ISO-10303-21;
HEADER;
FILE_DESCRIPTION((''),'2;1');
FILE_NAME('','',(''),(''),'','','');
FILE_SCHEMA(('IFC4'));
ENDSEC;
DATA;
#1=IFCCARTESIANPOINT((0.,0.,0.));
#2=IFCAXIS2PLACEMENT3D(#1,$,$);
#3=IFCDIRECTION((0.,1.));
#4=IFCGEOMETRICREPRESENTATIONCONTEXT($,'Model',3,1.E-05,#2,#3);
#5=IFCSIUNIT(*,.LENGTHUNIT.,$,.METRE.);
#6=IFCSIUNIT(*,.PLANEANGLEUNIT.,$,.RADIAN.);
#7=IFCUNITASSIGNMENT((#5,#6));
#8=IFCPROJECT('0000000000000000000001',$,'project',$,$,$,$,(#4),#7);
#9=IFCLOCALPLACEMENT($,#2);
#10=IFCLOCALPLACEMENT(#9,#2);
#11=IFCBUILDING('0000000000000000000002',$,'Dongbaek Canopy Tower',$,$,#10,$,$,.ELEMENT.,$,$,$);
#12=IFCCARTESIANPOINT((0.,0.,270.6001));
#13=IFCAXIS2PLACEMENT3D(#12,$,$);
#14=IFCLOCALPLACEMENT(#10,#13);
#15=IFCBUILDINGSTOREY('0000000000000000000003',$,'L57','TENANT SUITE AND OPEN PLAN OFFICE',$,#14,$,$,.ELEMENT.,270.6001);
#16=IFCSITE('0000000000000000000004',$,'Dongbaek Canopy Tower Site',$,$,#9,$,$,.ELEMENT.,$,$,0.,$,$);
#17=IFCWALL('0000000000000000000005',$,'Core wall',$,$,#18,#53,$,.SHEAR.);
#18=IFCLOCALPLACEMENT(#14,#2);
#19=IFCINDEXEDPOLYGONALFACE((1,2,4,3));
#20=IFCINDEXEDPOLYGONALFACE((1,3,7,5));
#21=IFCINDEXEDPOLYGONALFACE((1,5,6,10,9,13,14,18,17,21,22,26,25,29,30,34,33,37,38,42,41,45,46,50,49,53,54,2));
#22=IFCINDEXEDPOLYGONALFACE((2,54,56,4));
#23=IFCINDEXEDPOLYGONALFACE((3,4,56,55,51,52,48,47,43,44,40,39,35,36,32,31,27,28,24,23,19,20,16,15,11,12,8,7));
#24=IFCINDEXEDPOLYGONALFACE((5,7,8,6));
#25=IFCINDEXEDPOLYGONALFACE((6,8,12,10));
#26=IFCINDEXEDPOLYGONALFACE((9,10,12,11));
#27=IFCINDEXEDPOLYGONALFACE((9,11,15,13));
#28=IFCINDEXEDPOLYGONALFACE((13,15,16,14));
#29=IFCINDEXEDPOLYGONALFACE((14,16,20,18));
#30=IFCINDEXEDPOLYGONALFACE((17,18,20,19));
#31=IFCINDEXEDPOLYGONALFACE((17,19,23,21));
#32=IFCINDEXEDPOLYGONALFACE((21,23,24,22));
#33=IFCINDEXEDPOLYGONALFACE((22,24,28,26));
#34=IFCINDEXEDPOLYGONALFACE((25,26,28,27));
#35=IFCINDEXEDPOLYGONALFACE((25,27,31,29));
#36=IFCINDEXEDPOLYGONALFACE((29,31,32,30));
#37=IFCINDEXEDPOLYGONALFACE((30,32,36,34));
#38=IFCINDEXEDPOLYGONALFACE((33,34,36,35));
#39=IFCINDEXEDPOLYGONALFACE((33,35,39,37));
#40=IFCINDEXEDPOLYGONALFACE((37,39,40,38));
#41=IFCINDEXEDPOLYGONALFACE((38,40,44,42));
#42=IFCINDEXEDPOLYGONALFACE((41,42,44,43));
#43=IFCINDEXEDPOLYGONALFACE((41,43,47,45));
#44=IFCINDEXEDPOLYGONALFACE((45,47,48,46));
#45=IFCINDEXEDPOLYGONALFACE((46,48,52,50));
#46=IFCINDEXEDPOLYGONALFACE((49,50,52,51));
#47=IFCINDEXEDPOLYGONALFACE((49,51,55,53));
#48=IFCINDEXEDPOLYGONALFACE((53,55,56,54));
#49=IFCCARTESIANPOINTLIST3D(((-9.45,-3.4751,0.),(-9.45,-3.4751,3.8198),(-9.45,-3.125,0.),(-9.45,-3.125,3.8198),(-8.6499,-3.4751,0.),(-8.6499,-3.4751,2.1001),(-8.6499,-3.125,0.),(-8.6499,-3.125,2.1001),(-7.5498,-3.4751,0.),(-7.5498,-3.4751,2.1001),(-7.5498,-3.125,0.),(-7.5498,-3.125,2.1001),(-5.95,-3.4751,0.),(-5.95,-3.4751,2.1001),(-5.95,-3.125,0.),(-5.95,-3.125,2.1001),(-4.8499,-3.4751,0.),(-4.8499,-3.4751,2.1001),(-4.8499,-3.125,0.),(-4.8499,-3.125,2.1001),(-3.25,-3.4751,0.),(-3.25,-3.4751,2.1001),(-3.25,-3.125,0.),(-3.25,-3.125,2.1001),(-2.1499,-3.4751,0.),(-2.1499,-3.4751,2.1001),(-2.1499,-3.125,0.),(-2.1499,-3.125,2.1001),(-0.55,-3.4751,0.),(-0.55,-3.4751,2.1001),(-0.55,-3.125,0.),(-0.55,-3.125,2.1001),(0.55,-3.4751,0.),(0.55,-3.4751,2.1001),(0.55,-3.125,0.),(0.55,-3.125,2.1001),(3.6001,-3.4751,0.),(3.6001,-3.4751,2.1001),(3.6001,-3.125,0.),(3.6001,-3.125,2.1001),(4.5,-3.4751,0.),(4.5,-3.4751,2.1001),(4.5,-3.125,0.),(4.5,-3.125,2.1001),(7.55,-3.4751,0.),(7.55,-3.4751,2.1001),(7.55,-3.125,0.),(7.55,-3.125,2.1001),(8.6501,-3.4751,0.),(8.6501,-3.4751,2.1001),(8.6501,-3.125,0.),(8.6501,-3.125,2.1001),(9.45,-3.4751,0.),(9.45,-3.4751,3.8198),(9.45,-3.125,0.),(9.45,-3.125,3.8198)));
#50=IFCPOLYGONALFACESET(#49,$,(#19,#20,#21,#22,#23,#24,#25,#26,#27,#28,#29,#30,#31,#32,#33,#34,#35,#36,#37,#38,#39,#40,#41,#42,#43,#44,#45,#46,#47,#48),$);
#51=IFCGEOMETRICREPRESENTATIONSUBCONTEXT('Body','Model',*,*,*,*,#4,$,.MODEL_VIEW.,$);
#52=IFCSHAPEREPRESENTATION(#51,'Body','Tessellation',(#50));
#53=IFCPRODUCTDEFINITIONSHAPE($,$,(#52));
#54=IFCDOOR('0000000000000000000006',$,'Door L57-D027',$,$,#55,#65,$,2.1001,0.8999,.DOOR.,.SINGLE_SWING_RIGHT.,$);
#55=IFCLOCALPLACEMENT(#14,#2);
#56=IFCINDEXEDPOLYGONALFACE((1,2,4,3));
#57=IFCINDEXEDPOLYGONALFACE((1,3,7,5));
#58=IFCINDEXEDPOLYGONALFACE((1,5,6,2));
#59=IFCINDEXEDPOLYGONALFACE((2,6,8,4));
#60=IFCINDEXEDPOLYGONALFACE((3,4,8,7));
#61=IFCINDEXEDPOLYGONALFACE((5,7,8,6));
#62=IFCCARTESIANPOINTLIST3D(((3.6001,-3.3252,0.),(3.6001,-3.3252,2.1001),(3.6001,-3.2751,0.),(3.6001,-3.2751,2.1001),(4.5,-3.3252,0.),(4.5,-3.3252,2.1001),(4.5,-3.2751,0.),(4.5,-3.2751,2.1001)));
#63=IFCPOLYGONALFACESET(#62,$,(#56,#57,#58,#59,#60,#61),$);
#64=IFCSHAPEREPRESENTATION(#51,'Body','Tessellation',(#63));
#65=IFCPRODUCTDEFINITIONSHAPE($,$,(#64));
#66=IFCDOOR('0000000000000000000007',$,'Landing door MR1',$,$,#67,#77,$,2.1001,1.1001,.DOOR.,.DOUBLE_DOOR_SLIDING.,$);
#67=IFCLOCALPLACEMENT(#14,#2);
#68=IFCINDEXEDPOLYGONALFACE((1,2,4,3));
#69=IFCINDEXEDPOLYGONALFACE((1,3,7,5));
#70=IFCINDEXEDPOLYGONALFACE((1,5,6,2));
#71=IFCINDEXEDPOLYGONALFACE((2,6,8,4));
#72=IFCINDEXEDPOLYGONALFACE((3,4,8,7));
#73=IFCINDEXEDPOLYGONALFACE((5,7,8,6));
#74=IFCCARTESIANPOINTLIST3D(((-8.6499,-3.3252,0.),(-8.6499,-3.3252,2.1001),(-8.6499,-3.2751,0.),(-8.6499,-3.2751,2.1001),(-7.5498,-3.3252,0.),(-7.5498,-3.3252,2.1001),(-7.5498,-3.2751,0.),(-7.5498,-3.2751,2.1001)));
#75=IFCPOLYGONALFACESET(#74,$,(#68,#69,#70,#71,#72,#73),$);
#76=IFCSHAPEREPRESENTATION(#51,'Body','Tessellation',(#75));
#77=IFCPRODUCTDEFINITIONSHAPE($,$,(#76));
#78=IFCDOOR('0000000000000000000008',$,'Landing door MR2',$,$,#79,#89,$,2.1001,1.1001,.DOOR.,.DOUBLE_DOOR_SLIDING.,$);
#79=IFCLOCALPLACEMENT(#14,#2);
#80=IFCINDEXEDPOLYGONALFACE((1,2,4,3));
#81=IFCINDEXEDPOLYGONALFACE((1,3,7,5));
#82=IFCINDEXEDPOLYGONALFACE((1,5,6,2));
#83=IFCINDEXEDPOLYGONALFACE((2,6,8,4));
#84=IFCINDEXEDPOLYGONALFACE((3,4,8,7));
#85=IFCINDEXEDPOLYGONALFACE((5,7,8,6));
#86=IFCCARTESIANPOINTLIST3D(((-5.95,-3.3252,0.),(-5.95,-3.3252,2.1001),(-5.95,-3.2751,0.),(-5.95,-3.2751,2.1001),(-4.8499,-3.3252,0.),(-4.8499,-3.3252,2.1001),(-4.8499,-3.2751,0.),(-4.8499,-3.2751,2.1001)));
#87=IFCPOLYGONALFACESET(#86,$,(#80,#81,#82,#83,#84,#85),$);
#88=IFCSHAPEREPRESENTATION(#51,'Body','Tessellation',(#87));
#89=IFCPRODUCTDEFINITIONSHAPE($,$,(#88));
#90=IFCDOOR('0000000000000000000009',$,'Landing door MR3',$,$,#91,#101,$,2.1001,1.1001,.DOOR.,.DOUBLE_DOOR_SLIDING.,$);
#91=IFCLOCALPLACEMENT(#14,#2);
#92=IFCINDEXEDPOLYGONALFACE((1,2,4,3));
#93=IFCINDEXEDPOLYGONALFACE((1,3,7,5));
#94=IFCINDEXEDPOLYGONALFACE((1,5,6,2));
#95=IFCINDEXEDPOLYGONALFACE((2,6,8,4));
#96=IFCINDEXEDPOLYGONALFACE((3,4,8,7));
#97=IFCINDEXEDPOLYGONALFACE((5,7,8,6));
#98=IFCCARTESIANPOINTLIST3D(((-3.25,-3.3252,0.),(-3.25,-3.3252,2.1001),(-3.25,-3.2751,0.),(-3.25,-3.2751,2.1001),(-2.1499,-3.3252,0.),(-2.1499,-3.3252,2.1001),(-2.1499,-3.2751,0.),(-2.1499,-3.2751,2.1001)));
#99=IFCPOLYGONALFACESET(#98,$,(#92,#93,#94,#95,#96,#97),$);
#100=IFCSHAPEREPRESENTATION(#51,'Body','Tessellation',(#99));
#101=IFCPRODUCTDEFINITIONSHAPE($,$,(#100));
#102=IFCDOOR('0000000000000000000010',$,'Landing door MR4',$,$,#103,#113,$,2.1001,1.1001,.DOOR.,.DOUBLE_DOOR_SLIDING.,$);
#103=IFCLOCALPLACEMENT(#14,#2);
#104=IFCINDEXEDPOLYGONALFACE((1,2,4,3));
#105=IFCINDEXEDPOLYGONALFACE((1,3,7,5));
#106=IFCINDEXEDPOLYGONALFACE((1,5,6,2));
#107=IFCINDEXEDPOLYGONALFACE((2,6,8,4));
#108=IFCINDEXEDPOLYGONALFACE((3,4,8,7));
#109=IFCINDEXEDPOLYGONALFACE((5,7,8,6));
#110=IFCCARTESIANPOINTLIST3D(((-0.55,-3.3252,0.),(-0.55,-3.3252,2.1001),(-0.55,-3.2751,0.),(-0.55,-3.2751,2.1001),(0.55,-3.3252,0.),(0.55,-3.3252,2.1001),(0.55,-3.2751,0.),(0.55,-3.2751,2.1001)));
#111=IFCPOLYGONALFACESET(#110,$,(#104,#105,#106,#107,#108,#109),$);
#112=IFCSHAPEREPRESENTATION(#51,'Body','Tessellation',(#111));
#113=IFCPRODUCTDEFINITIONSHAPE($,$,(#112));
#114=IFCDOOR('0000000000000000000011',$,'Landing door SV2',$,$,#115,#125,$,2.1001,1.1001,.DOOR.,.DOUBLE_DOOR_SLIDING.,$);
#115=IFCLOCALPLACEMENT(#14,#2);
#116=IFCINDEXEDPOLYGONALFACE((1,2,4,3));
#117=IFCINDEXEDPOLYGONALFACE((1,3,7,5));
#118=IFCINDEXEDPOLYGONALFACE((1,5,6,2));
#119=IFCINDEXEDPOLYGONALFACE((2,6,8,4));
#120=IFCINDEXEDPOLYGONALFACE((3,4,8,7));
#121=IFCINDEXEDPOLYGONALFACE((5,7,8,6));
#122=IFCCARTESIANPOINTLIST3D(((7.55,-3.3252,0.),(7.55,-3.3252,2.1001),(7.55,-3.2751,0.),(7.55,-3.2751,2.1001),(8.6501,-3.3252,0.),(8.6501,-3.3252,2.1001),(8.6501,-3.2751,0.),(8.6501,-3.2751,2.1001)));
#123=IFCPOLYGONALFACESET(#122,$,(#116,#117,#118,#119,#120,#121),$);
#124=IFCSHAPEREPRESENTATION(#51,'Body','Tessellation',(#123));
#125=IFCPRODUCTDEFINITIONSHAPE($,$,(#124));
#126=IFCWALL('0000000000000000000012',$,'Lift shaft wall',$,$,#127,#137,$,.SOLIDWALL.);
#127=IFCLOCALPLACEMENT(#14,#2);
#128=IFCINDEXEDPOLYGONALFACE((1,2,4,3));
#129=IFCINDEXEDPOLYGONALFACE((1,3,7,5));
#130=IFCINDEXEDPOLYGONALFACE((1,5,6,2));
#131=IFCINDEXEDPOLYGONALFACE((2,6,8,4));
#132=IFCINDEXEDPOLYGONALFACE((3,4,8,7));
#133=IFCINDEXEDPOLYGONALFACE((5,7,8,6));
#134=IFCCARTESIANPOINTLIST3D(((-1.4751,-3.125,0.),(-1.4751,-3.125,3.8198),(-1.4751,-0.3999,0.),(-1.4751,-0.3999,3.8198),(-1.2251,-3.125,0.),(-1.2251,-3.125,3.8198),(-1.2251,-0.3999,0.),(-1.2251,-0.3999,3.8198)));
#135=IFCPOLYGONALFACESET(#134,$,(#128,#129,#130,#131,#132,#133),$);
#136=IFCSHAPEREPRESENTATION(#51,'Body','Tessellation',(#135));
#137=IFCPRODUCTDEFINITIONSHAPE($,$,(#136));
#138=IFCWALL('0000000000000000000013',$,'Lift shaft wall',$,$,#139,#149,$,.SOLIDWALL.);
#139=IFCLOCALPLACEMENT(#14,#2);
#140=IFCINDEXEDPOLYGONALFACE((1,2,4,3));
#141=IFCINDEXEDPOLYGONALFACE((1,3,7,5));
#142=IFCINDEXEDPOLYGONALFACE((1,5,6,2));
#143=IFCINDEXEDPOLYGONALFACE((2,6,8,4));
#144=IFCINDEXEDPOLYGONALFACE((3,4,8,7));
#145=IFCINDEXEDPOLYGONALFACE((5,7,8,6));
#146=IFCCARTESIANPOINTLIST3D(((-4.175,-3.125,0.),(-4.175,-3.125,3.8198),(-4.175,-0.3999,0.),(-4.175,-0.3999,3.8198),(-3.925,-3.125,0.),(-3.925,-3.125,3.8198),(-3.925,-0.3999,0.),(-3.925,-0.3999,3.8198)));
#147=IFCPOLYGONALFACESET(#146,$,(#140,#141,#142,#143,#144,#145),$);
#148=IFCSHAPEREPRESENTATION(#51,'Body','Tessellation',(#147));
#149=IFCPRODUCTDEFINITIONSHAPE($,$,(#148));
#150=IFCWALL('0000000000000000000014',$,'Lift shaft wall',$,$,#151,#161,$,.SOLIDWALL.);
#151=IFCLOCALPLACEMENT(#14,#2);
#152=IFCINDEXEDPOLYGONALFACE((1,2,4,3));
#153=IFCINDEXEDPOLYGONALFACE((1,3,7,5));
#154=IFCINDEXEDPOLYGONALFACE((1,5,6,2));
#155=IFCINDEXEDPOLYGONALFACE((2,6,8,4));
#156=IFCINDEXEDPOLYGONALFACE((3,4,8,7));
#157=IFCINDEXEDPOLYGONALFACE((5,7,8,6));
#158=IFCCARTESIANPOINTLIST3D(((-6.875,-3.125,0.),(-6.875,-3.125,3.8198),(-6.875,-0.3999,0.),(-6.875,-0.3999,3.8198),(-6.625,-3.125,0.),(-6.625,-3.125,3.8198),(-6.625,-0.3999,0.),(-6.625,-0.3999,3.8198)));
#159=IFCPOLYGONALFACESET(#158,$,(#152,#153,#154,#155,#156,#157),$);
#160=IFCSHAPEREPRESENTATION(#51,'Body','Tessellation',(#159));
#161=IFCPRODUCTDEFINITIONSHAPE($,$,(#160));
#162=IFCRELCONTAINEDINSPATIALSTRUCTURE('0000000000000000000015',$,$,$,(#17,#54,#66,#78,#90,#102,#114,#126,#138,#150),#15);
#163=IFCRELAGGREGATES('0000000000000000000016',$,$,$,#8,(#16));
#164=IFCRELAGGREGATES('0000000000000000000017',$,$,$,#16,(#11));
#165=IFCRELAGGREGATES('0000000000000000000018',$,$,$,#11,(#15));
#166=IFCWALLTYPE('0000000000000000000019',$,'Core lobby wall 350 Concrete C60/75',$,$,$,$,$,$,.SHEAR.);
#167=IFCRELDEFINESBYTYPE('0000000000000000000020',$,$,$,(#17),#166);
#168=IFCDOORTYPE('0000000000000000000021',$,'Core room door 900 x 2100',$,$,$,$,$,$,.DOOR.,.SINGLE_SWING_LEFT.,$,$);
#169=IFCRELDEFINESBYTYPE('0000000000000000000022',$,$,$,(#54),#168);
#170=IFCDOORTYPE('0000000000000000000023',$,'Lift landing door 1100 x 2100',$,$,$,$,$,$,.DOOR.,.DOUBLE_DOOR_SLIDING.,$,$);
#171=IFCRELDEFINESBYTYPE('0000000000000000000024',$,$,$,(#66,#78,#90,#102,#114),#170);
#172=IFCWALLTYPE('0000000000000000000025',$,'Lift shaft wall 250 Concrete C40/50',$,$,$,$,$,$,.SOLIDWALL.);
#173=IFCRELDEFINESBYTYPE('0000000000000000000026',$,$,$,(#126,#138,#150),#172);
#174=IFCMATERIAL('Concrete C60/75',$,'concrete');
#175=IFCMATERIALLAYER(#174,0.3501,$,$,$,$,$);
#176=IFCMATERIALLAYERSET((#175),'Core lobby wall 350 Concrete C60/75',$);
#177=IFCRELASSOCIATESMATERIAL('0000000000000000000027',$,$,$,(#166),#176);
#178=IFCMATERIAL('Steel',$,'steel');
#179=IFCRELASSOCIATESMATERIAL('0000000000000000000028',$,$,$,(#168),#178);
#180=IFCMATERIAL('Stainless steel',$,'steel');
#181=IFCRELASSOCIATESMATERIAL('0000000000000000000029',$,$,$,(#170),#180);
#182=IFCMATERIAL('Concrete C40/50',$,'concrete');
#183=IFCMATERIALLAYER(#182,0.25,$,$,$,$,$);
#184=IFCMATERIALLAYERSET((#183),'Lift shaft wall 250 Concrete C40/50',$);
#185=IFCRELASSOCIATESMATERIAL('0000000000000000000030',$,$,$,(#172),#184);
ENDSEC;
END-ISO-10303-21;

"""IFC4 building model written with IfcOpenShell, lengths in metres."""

from ifc_helpers import new_model, si_unit, direction, frame, frame_2d, origin, place, context, subcontext, project, spatial, rectangle, extrude, material, layer, layer_set, type_object, element, fill, save


model = new_model("IFC4")

# Units and contexts
model_context = context("Model", 3, precision=1e-05, world=origin(), true_north=direction((0.0, 1.0)))
body_context = subcontext(model_context, "Body", "Model", "MODEL_VIEW")
ifc_project = project(units=[si_unit("LENGTHUNIT", "METRE"), si_unit("PLANEANGLEUNIT", "RADIAN")], contexts=[model_context])

# Site, building, storey
site_placement = place(None, origin())
site = spatial("IfcSite", under=ifc_project, at=site_placement, Name="Dongbaek Canopy Tower Site", CompositionType="ELEMENT", RefElevation=0.0)
building_placement = place(site_placement, origin())
building = spatial("IfcBuilding", under=site, at=building_placement, Name="Dongbaek Canopy Tower", CompositionType="ELEMENT")
storey_placement = place(building_placement, frame((0.0, 0.0, 270.6001)))
storey = spatial("IfcBuildingStorey", under=building, at=storey_placement, Name="L57", Description="TENANT SUITE AND OPEN PLAN OFFICE", CompositionType="ELEMENT", Elevation=270.6001)

# Wall, openings, doors
ifc_material_1 = material(Name="Concrete C60/75", Category="concrete")
ifc_layer_1 = layer(ifc_material_1, 0.3501)
ifc_layer_set_1 = layer_set([ifc_layer_1], Name="Core lobby wall 350 Concrete C60/75")
wall_type_1 = type_object("IfcWallType", Name="Core lobby wall 350 Concrete C60/75", PredefinedType="SHEAR", material=ifc_layer_set_1)
wall_1_placement = place(storey_placement, frame((-9.45, -3.3, 0.0), z_axis=(0.0, 0.0, 1.0), x_axis=(1.0, 0.0, 0.0)))
wall_1 = element("IfcWall", 1, at=wall_1_placement, inside=storey, type_object=wall_type_1, Name="Core wall", PredefinedType="SHEAR", context=body_context, shape_type="SweptSolid", body=[
    extrude(rectangle(XDim=18.8999, YDim=0.3501, at=frame_2d((9.45, 0.0))), origin(), (0.0, 0.0, 1.0), 3.8198),
])
opening_1_placement = place(wall_1_placement, frame((0.8, 0.0, 0.0)))
opening_1 = element("IfcOpeningElement", 2, at=opening_1_placement, cuts=wall_1, PredefinedType="OPENING", context=body_context, shape_type="SweptSolid", body=[
    extrude(rectangle(XDim=1.1001, YDim=2.1001, at=frame_2d((0.55, 1.05))), frame((0.0, 0.1851, 0.0), z_axis=(0.0, -1.0, 0.0), x_axis=(1.0, 0.0, 0.0)), (0.0, 0.0, 1.0), 0.3701),
])
opening_2_placement = place(wall_1_placement, frame((3.5, 0.0, 0.0)))
opening_2 = element("IfcOpeningElement", 3, at=opening_2_placement, cuts=wall_1, PredefinedType="OPENING", context=body_context, shape_type="SweptSolid", body=[
    extrude(rectangle(XDim=1.1001, YDim=2.1001, at=frame_2d((0.55, 1.05))), frame((0.0, 0.1851, 0.0), z_axis=(0.0, -1.0, 0.0), x_axis=(1.0, 0.0, 0.0)), (0.0, 0.0, 1.0), 0.3701),
])
opening_3_placement = place(wall_1_placement, frame((6.2, 0.0, 0.0)))
opening_3 = element("IfcOpeningElement", 4, at=opening_3_placement, cuts=wall_1, PredefinedType="OPENING", context=body_context, shape_type="SweptSolid", body=[
    extrude(rectangle(XDim=1.1001, YDim=2.1001, at=frame_2d((0.55, 1.05))), frame((0.0, 0.1851, 0.0), z_axis=(0.0, -1.0, 0.0), x_axis=(1.0, 0.0, 0.0)), (0.0, 0.0, 1.0), 0.3701),
])
opening_4_placement = place(wall_1_placement, frame((8.8999, 0.0, 0.0)))
opening_4 = element("IfcOpeningElement", 5, at=opening_4_placement, cuts=wall_1, PredefinedType="OPENING", context=body_context, shape_type="SweptSolid", body=[
    extrude(rectangle(XDim=1.1001, YDim=2.1001, at=frame_2d((0.55, 1.05))), frame((0.0, 0.1851, 0.0), z_axis=(0.0, -1.0, 0.0), x_axis=(1.0, 0.0, 0.0)), (0.0, 0.0, 1.0), 0.3701),
])
opening_5_placement = place(wall_1_placement, frame((17.0, 0.0, 0.0)))
opening_5 = element("IfcOpeningElement", 6, at=opening_5_placement, cuts=wall_1, PredefinedType="OPENING", context=body_context, shape_type="SweptSolid", body=[
    extrude(rectangle(XDim=1.1001, YDim=2.1001, at=frame_2d((0.55, 1.05))), frame((0.0, 0.1851, 0.0), z_axis=(0.0, -1.0, 0.0), x_axis=(1.0, 0.0, 0.0)), (0.0, 0.0, 1.0), 0.3701),
])
opening_6_placement = place(wall_1_placement, frame((13.05, 0.0, 0.0)))
opening_6 = element("IfcOpeningElement", 7, at=opening_6_placement, cuts=wall_1, PredefinedType="OPENING", context=body_context, shape_type="SweptSolid", body=[
    extrude(rectangle(XDim=0.8999, YDim=2.1001, at=frame_2d((0.45, 1.05))), frame((0.0, 0.1851, 0.0), z_axis=(0.0, -1.0, 0.0), x_axis=(1.0, 0.0, 0.0)), (0.0, 0.0, 1.0), 0.3701),
])
ifc_material_2 = material(Name="Steel", Category="steel")
door_type_1 = type_object("IfcDoorType", Name="Core room door 900 x 2100", OperationType="SINGLE_SWING_LEFT", PredefinedType="DOOR", material=ifc_material_2)
door_1_placement = place(opening_6_placement, origin())
door_1 = element("IfcDoor", 8, at=door_1_placement, inside=storey, type_object=door_type_1, Name="Door L57-D027", OperationType="SINGLE_SWING_RIGHT", OverallHeight=2.1001, OverallWidth=0.8999, PredefinedType="DOOR", context=body_context, shape_type="SweptSolid", body=[
    extrude(rectangle(XDim=0.8999, YDim=2.1001, at=frame_2d((0.45, 1.05))), frame((0.0, 0.0249, 0.0), z_axis=(0.0, -1.0, 0.0), x_axis=(1.0, 0.0, 0.0)), (0.0, 0.0, 1.0), 0.05),
])
fill(opening_6, door_1)
ifc_material_3 = material(Name="Stainless steel", Category="steel")
door_type_2 = type_object("IfcDoorType", Name="Lift landing door 1100 x 2100", OperationType="DOUBLE_DOOR_SLIDING", PredefinedType="DOOR", material=ifc_material_3)
door_2_placement = place(opening_1_placement, origin())
door_2 = element("IfcDoor", 9, at=door_2_placement, inside=storey, type_object=door_type_2, Name="Landing door MR1", OperationType="DOUBLE_DOOR_SLIDING", OverallHeight=2.1001, OverallWidth=1.1001, PredefinedType="DOOR", context=body_context, shape_type="SweptSolid", body=[
    extrude(rectangle(XDim=1.1001, YDim=2.1001, at=frame_2d((0.55, 1.05))), frame((0.0, 0.0249, 0.0), z_axis=(0.0, -1.0, 0.0), x_axis=(1.0, 0.0, 0.0)), (0.0, 0.0, 1.0), 0.05),
])
fill(opening_1, door_2)
door_3_placement = place(opening_2_placement, origin())
door_3 = element("IfcDoor", 10, at=door_3_placement, inside=storey, type_object=door_type_2, Name="Landing door MR2", OperationType="DOUBLE_DOOR_SLIDING", OverallHeight=2.1001, OverallWidth=1.1001, PredefinedType="DOOR", context=body_context, shape_type="SweptSolid", body=[
    extrude(rectangle(XDim=1.1001, YDim=2.1001, at=frame_2d((0.55, 1.05))), frame((0.0, 0.0249, 0.0), z_axis=(0.0, -1.0, 0.0), x_axis=(1.0, 0.0, 0.0)), (0.0, 0.0, 1.0), 0.05),
])
fill(opening_2, door_3)
door_4_placement = place(opening_3_placement, origin())
door_4 = element("IfcDoor", 11, at=door_4_placement, inside=storey, type_object=door_type_2, Name="Landing door MR3", OperationType="DOUBLE_DOOR_SLIDING", OverallHeight=2.1001, OverallWidth=1.1001, PredefinedType="DOOR", context=body_context, shape_type="SweptSolid", body=[
    extrude(rectangle(XDim=1.1001, YDim=2.1001, at=frame_2d((0.55, 1.05))), frame((0.0, 0.0249, 0.0), z_axis=(0.0, -1.0, 0.0), x_axis=(1.0, 0.0, 0.0)), (0.0, 0.0, 1.0), 0.05),
])
fill(opening_3, door_4)
door_5_placement = place(opening_4_placement, origin())
door_5 = element("IfcDoor", 12, at=door_5_placement, inside=storey, type_object=door_type_2, Name="Landing door MR4", OperationType="DOUBLE_DOOR_SLIDING", OverallHeight=2.1001, OverallWidth=1.1001, PredefinedType="DOOR", context=body_context, shape_type="SweptSolid", body=[
    extrude(rectangle(XDim=1.1001, YDim=2.1001, at=frame_2d((0.55, 1.05))), frame((0.0, 0.0249, 0.0), z_axis=(0.0, -1.0, 0.0), x_axis=(1.0, 0.0, 0.0)), (0.0, 0.0, 1.0), 0.05),
])
fill(opening_4, door_5)
door_6_placement = place(opening_5_placement, origin())
door_6 = element("IfcDoor", 13, at=door_6_placement, inside=storey, type_object=door_type_2, Name="Landing door SV2", OperationType="DOUBLE_DOOR_SLIDING", OverallHeight=2.1001, OverallWidth=1.1001, PredefinedType="DOOR", context=body_context, shape_type="SweptSolid", body=[
    extrude(rectangle(XDim=1.1001, YDim=2.1001, at=frame_2d((0.55, 1.05))), frame((0.0, 0.0249, 0.0), z_axis=(0.0, -1.0, 0.0), x_axis=(1.0, 0.0, 0.0)), (0.0, 0.0, 1.0), 0.05),
])
fill(opening_5, door_6)

# Walls
ifc_material_4 = material(Name="Concrete C40/50", Category="concrete")
ifc_layer_2 = layer(ifc_material_4, 0.25)
ifc_layer_set_2 = layer_set([ifc_layer_2], Name="Lift shaft wall 250 Concrete C40/50")
wall_type_2 = type_object("IfcWallType", Name="Lift shaft wall 250 Concrete C40/50", PredefinedType="SOLIDWALL", material=ifc_layer_set_2)
for number, where, z_axis, x_axis, name in (
    (14, (-1.3501, -3.125, 0.0), (0.0, 0.0, 1.0), (0.0, 1.0, 0.0), "Lift shaft wall"),
    (15, (-4.05, -3.125, 0.0), (0.0, 0.0, 1.0), (0.0, 1.0, 0.0), "Lift shaft wall"),
    (16, (-6.75, -3.125, 0.0), (0.0, 0.0, 1.0), (0.0, 1.0, 0.0), "Lift shaft wall"),
):
    element("IfcWall", number, at=place(storey_placement, frame(where, z_axis=z_axis, x_axis=x_axis)), inside=storey, type_object=wall_type_2, Name=name, PredefinedType="SOLIDWALL", context=body_context, shape_type="SweptSolid", body=[
        extrude(rectangle(XDim=2.7251, YDim=0.25, at=frame_2d((1.3625, 0.0))), origin(), (0.0, 0.0, 1.0), 3.8198),
    ])

save(model, "model.ifc")
